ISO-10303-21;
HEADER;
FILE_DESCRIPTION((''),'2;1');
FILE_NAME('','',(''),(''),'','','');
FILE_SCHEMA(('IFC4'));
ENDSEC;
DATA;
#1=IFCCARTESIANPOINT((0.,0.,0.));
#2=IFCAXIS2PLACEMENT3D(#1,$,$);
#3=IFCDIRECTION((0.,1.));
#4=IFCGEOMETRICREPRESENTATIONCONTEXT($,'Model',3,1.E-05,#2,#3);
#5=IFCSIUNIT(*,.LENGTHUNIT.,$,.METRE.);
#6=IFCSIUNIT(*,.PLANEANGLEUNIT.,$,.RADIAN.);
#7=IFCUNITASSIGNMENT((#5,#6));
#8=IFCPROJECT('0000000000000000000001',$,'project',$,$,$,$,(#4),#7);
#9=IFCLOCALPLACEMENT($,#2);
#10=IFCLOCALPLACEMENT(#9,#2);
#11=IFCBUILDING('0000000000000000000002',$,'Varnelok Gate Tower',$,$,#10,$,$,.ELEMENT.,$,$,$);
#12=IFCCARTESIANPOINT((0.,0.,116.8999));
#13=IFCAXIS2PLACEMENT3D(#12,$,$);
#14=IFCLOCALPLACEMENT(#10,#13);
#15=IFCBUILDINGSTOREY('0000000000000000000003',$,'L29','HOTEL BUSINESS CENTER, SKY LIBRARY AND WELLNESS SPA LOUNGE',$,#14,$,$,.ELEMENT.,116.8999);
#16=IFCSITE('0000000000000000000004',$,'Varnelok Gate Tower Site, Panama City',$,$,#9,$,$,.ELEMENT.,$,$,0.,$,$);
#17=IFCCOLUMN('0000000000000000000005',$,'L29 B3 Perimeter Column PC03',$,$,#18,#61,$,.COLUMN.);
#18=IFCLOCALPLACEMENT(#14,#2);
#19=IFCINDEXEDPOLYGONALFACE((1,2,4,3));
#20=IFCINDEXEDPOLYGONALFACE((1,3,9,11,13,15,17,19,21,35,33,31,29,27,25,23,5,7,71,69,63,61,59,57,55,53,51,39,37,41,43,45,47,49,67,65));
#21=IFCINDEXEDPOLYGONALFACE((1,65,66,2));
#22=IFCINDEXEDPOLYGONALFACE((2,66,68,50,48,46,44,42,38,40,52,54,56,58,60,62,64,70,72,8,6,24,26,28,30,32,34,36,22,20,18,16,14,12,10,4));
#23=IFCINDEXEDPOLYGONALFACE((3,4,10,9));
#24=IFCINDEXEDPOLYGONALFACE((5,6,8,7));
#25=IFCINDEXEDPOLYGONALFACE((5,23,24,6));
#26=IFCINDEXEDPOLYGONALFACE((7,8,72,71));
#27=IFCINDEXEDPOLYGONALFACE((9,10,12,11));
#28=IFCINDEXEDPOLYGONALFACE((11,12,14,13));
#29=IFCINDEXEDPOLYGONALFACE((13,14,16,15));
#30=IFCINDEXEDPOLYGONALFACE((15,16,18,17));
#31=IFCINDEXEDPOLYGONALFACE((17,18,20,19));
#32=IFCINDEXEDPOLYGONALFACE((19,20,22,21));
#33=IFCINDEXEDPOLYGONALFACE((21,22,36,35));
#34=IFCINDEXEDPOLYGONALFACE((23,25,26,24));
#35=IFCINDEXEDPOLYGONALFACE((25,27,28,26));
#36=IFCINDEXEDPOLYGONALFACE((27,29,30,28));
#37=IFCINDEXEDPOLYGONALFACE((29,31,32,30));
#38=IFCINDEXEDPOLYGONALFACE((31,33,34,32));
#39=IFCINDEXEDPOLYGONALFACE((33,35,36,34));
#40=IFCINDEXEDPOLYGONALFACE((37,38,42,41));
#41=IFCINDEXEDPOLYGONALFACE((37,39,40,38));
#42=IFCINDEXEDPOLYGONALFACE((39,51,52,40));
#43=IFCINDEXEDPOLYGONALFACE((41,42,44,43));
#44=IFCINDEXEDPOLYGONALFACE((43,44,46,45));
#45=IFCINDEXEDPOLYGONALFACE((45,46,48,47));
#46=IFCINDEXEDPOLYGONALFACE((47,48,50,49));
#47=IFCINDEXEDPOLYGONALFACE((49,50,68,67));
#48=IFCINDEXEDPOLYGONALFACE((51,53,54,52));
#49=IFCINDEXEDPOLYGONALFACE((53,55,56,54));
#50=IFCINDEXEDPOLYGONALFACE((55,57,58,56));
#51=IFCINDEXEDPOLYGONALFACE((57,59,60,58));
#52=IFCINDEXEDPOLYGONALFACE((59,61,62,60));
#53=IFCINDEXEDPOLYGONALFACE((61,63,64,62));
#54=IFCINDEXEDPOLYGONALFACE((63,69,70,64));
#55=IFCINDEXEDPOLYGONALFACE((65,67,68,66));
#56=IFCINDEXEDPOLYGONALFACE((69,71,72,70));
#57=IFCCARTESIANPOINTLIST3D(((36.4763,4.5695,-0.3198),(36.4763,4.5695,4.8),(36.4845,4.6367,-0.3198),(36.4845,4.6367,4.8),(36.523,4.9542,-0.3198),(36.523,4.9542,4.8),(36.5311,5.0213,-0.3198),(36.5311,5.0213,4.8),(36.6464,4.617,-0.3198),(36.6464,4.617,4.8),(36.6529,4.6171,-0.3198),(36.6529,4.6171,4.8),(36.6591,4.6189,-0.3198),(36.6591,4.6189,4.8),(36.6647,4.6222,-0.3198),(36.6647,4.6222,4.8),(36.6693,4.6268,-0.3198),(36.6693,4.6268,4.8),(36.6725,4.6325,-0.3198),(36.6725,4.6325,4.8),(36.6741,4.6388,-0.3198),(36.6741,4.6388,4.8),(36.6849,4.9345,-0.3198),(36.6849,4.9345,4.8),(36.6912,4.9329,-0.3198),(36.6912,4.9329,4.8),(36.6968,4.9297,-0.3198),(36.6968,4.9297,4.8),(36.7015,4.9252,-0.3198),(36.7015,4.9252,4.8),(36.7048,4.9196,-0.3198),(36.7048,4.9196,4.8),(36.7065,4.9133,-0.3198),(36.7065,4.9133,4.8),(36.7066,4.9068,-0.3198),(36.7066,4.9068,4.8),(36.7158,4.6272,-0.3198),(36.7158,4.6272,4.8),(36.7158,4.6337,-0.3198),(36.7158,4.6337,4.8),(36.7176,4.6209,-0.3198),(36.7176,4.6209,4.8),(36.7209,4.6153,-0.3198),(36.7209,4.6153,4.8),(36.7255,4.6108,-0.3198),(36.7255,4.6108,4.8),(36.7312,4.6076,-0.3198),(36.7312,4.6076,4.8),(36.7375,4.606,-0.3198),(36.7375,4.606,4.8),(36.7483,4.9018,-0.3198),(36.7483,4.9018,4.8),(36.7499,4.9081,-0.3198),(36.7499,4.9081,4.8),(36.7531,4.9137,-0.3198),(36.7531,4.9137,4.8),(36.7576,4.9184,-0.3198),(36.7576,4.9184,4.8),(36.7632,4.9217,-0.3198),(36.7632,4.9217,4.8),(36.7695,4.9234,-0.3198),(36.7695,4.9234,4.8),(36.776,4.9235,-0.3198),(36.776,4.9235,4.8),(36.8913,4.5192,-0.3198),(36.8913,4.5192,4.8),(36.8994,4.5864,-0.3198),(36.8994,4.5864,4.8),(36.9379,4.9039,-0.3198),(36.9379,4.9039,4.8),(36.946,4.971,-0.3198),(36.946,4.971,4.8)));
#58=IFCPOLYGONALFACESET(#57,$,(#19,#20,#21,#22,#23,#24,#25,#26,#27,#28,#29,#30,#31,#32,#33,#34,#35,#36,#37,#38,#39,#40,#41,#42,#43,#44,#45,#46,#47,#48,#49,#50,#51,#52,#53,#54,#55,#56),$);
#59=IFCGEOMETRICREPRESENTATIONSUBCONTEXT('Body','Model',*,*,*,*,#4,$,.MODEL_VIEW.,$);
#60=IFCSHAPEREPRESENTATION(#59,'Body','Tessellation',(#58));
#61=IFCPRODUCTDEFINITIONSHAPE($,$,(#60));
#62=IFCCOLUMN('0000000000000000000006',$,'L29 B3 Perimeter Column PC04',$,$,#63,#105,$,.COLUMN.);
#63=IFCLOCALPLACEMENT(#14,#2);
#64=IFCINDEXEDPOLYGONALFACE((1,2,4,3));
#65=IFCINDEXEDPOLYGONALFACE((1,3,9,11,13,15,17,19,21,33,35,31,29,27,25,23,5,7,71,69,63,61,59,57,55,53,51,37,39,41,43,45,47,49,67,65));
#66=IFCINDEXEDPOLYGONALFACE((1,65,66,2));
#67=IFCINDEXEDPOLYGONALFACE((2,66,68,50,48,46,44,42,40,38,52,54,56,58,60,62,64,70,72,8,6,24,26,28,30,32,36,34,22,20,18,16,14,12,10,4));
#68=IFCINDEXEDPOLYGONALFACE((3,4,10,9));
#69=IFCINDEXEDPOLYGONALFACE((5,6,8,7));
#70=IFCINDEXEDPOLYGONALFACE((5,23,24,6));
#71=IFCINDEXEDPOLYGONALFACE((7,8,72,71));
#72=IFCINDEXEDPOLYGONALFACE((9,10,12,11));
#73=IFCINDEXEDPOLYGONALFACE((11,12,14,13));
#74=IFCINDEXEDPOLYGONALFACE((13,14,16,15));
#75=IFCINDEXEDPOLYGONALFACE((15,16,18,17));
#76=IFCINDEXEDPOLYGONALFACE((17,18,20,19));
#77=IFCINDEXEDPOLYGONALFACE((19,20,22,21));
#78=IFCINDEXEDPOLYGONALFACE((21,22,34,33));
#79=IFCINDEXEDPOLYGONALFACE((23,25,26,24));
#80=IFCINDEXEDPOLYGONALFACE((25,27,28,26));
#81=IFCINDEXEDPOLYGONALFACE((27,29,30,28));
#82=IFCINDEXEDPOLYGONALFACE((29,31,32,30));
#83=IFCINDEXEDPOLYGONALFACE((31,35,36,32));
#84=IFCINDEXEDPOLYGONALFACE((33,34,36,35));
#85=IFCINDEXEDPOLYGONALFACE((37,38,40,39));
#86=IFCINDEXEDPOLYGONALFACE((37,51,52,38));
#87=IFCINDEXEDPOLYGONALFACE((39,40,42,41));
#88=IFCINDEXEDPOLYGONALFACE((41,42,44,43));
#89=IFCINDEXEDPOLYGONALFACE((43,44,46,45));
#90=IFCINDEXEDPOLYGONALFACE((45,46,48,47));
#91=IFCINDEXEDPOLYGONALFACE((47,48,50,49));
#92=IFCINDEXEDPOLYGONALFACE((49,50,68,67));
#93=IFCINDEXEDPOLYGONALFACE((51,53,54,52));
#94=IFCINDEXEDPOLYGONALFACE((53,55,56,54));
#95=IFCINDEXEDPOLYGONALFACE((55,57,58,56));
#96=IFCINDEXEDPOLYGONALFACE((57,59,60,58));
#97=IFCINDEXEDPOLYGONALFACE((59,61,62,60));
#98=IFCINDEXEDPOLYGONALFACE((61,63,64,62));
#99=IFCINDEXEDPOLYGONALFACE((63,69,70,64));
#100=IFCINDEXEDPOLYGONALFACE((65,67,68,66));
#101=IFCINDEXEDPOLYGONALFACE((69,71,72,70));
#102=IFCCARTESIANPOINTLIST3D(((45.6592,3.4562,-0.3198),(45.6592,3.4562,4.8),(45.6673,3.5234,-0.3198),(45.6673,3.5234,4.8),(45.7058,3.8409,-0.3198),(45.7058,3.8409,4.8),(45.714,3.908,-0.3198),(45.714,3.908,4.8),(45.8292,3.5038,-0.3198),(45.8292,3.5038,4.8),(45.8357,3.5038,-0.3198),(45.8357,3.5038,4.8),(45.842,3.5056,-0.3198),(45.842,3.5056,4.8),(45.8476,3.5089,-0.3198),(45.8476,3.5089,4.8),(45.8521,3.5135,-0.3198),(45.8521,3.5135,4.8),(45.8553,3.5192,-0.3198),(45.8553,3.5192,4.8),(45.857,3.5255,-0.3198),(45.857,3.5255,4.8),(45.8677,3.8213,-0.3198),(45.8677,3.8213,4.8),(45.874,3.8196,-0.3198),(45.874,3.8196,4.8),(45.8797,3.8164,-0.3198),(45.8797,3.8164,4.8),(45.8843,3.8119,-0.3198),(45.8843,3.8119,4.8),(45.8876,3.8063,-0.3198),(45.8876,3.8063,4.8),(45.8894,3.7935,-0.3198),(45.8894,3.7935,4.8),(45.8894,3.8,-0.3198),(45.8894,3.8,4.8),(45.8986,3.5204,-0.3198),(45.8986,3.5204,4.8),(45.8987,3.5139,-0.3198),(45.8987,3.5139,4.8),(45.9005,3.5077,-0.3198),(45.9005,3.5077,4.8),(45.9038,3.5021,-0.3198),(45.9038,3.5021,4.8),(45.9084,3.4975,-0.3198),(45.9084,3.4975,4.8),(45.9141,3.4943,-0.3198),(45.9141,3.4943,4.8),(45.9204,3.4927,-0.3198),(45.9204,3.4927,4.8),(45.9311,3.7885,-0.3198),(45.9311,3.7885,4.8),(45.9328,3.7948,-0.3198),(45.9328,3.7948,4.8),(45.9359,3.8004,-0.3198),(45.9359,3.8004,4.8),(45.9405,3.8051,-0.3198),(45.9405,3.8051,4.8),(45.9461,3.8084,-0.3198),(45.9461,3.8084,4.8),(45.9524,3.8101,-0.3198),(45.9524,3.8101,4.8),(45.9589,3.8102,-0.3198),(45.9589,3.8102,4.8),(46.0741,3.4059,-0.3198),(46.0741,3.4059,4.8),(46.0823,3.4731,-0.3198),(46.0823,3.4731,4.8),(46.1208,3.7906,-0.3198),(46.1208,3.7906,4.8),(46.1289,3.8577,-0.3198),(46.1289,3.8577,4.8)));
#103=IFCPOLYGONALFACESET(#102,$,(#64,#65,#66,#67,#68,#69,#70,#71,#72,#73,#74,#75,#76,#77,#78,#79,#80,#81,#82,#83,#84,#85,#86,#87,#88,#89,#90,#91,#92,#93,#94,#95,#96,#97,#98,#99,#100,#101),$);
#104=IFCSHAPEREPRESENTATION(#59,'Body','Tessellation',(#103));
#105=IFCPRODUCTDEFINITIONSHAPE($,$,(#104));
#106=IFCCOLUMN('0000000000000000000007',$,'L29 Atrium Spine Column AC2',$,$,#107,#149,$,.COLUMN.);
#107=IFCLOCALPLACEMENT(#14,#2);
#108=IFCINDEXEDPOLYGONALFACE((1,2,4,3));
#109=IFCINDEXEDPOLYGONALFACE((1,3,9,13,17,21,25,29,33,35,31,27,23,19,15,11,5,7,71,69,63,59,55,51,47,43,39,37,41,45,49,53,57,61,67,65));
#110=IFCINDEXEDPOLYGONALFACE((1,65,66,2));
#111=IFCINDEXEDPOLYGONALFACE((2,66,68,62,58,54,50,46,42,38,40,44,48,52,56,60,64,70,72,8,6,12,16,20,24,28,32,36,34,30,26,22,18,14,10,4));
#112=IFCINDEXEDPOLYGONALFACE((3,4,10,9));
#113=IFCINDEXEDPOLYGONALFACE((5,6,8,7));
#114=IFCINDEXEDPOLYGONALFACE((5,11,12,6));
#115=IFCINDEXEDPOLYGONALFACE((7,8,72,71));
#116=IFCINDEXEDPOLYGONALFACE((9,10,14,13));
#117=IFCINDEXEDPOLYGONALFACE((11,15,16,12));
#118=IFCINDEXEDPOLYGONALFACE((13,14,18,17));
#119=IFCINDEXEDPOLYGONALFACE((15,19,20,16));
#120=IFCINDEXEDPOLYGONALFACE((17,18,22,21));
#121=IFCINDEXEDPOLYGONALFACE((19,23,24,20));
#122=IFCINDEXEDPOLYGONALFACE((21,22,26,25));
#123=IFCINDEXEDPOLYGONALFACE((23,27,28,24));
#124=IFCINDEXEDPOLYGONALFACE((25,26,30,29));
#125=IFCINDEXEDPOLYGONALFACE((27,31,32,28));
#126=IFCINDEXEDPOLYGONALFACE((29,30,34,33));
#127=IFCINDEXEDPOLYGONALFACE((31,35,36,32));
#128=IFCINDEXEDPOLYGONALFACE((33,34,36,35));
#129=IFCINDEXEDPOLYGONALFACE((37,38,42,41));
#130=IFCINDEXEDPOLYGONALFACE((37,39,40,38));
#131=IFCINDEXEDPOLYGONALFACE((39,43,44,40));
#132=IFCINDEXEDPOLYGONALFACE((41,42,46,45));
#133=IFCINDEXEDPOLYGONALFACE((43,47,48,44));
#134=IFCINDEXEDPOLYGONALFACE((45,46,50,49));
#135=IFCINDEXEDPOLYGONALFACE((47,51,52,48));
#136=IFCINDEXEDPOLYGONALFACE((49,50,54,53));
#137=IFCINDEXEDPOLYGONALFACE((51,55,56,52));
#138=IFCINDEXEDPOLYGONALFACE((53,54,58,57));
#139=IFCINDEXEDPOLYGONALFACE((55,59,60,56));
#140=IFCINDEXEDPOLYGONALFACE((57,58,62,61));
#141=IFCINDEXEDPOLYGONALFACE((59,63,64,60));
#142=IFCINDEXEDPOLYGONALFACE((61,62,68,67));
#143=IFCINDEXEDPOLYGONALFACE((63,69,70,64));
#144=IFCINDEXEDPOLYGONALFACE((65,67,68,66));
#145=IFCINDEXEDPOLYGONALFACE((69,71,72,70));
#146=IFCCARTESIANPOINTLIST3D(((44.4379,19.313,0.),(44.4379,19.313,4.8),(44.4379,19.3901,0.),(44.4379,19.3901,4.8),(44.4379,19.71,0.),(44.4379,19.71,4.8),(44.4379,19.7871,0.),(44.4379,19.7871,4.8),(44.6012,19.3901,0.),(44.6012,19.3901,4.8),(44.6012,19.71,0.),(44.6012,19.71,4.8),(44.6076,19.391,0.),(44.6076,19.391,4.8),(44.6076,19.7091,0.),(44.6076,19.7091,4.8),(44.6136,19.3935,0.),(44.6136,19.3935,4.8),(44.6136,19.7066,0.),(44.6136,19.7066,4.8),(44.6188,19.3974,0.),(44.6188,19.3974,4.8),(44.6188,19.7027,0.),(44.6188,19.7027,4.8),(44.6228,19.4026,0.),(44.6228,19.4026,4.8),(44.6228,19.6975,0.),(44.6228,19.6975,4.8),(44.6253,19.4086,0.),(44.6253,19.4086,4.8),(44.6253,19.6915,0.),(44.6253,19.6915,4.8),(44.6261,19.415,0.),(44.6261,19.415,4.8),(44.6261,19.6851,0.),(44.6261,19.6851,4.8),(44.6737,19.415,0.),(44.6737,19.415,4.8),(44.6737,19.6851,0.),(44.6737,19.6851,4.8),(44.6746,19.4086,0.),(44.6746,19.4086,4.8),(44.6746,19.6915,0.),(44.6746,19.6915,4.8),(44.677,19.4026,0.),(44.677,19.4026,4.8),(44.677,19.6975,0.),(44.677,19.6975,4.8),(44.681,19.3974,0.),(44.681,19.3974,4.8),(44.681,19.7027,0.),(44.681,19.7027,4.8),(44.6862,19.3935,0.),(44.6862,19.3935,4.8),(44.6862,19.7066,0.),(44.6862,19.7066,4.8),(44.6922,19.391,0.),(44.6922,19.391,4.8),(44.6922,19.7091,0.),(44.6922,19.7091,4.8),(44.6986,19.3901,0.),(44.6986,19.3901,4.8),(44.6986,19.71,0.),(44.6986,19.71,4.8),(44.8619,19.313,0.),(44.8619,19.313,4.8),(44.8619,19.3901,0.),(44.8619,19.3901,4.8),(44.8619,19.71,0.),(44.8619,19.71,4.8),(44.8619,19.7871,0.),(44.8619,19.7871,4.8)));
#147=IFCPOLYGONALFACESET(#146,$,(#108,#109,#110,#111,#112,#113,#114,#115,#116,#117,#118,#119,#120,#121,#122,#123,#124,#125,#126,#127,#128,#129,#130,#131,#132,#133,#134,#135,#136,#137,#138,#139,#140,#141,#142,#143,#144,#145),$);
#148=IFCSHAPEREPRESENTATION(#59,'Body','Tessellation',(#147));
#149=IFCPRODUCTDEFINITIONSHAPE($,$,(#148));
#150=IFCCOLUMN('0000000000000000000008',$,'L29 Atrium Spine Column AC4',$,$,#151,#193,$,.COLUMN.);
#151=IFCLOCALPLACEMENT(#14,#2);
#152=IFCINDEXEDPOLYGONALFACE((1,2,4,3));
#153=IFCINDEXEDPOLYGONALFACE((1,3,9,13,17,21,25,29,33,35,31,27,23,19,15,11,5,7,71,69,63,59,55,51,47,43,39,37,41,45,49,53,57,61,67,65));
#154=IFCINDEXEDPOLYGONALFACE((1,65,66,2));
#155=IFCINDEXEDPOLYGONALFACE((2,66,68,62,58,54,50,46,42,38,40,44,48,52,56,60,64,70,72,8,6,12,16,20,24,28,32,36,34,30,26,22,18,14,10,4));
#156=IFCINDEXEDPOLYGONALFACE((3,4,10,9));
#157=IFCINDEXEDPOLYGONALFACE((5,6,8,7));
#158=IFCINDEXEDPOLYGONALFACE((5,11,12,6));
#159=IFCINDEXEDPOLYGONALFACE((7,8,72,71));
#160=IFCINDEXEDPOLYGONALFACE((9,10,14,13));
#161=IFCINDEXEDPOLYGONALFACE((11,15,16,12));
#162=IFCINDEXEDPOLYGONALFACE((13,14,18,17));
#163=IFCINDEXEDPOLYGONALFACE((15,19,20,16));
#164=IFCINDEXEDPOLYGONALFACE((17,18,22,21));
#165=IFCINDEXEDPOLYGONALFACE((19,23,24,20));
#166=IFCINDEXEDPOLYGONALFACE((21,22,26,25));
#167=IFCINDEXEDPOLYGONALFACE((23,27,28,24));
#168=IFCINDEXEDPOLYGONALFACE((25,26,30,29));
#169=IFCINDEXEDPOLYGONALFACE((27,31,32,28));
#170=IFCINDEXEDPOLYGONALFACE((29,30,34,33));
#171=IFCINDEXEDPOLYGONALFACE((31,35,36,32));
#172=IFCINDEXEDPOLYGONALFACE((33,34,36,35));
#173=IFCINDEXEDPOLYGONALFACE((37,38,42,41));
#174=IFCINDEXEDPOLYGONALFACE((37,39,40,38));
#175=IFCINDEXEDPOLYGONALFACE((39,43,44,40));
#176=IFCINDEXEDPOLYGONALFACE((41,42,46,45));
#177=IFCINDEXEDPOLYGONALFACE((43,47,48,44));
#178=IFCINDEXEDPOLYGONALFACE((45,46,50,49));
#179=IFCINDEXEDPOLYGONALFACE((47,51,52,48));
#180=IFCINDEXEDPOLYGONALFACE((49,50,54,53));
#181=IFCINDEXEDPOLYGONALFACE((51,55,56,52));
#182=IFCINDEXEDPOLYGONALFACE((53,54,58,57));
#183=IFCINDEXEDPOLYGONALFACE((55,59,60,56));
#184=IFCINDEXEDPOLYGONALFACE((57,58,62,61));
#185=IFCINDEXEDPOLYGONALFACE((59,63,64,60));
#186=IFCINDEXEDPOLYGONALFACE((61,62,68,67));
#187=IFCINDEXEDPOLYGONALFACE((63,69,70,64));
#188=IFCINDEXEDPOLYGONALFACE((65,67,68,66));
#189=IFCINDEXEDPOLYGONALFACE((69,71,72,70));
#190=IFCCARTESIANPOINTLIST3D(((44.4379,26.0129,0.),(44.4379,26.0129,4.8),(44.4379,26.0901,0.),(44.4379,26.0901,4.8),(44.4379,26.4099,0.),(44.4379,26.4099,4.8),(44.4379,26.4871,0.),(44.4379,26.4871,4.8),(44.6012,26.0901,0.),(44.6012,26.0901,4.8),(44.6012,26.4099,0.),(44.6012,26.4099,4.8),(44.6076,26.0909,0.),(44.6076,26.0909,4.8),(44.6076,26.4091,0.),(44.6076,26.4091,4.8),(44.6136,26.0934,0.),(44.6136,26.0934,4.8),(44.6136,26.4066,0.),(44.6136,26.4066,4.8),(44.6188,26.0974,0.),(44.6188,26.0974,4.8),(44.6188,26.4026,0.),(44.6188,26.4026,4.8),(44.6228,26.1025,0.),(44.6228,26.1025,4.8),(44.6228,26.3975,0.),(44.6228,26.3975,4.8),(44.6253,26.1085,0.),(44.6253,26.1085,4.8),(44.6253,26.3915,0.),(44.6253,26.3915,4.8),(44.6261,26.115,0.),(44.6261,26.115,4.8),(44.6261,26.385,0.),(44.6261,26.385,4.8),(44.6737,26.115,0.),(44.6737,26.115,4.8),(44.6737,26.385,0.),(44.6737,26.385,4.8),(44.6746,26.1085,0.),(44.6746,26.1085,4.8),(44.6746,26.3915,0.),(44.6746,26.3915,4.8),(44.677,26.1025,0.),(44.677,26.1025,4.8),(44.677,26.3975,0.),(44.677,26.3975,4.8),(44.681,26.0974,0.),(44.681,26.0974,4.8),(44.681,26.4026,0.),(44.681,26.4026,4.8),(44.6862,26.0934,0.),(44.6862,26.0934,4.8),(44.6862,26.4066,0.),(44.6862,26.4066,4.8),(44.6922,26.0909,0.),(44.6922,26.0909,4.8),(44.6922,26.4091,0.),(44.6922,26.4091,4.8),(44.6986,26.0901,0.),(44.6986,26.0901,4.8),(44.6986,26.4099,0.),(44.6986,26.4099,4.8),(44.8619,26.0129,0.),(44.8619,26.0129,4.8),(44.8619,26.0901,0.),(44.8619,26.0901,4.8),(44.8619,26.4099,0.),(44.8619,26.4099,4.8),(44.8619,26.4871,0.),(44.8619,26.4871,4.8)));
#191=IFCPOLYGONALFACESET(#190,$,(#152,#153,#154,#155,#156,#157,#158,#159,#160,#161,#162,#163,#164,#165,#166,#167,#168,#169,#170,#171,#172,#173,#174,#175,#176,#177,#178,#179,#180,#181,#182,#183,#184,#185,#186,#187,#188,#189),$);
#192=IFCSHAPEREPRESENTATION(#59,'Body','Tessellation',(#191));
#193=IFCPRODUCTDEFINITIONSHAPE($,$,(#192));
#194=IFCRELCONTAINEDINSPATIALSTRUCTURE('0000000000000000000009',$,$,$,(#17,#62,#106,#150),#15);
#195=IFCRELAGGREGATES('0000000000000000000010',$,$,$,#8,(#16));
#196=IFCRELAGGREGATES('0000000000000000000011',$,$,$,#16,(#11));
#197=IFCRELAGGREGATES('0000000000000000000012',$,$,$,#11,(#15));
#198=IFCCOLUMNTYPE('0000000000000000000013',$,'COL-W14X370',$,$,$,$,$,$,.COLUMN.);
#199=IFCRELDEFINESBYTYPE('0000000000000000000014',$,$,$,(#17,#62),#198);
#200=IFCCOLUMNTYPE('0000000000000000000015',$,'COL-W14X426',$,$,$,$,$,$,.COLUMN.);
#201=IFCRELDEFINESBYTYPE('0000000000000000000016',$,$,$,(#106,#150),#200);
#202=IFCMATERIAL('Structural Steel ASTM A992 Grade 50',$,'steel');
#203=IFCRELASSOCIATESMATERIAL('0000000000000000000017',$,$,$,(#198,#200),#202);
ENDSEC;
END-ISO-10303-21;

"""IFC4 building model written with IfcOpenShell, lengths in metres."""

from ifc_helpers import new_model, si_unit, direction, frame, origin, origin_2d, place, context, subcontext, project, spatial, i_section, extrude, material, material_profile, profile_set, type_object, element, save


model = new_model("IFC4")

# Units and contexts
model_context = context("Model", 3, precision=1e-05, world=origin(), true_north=direction((0.0, 1.0)))
body_context = subcontext(model_context, "Body", "Model", "MODEL_VIEW")
ifc_project = project(units=[si_unit("LENGTHUNIT", "METRE"), si_unit("PLANEANGLEUNIT", "RADIAN")], contexts=[model_context])

# Site, building, storey
site_placement = place(None, origin())
site = spatial("IfcSite", under=ifc_project, at=site_placement, Name="Varnelok Gate Tower Site, Panama City", CompositionType="ELEMENT", RefElevation=0.0)
building_placement = place(site_placement, origin())
building = spatial("IfcBuilding", under=site, at=building_placement, Name="Varnelok Gate Tower", CompositionType="ELEMENT")
storey_placement = place(building_placement, frame((0.0, 0.0, 116.8999)))
storey = spatial("IfcBuildingStorey", under=building, at=storey_placement, Name="L29", Description="HOTEL BUSINESS CENTER, SKY LIBRARY AND WELLNESS SPA LOUNGE", CompositionType="ELEMENT", Elevation=116.8999)

# Columns
ifc_material_1 = material(Name="Structural Steel ASTM A992 Grade 50", Category="steel")
ifc_material_profile_1 = material_profile(ifc_material_1, i_section(OverallWidth=0.418, OverallDepth=0.4551, WebThickness=0.042, FlangeThickness=0.0676, FilletRadius=0.0249, at=origin_2d()), Name="W14X370")
ifc_profile_set_1 = profile_set([ifc_material_profile_1], Name="Structural Steel ASTM A992 Grade 50")
column_type_1 = type_object("IfcColumnType", Name="COL-W14X370", PredefinedType="COLUMN", material=ifc_profile_set_1)
for number, where, z_axis, x_axis, name in (
    (1, (36.7112, 4.7703, -0.3198), (0.0, 0.0, 1.0), (0.992732, -0.120345, 0.0), "L29 B3 Perimeter Column PC03"),
    (2, (45.894, 3.657, -0.3198), (0.0, 0.0, 1.0), (0.992732, -0.120345, 0.0), "L29 B3 Perimeter Column PC04"),
):
    element("IfcColumn", number, at=place(storey_placement, frame(where, z_axis=z_axis, x_axis=x_axis)), inside=storey, type_object=column_type_1, Name=name, PredefinedType="COLUMN", context=body_context, shape_type="SweptSolid", body=[
        extrude(i_section(OverallWidth=0.418, OverallDepth=0.4551, WebThickness=0.042, FlangeThickness=0.0676, FilletRadius=0.0249, at=origin_2d()), origin(), (0.0, 0.0, 1.0), 5.1199),
    ])
ifc_material_profile_2 = material_profile(ifc_material_1, i_section(OverallWidth=0.4241, OverallDepth=0.4741, WebThickness=0.0476, FlangeThickness=0.0771, FilletRadius=0.0249, at=origin_2d()), Name="W14X426")
ifc_profile_set_2 = profile_set([ifc_material_profile_2], Name="Structural Steel ASTM A992 Grade 50")
column_type_2 = type_object("IfcColumnType", Name="COL-W14X426", PredefinedType="COLUMN", material=ifc_profile_set_2)
for number, where, z_axis, x_axis, name in (
    (3, (44.6499, 19.55, 0.0), (0.0, 0.0, 1.0), (1.0, 0.0, 0.0), "L29 Atrium Spine Column AC2"),
    (4, (44.6499, 26.25, 0.0), (0.0, 0.0, 1.0), (1.0, 0.0, 0.0), "L29 Atrium Spine Column AC4"),
):
    element("IfcColumn", number, at=place(storey_placement, frame(where, z_axis=z_axis, x_axis=x_axis)), inside=storey, type_object=column_type_2, Name=name, PredefinedType="COLUMN", context=body_context, shape_type="SweptSolid", body=[
        extrude(i_section(OverallWidth=0.4241, OverallDepth=0.4741, WebThickness=0.0476, FlangeThickness=0.0771, FilletRadius=0.0249, at=origin_2d()), origin(), (0.0, 0.0, 1.0), 4.8),
    ])

save(model, "model.ifc")
